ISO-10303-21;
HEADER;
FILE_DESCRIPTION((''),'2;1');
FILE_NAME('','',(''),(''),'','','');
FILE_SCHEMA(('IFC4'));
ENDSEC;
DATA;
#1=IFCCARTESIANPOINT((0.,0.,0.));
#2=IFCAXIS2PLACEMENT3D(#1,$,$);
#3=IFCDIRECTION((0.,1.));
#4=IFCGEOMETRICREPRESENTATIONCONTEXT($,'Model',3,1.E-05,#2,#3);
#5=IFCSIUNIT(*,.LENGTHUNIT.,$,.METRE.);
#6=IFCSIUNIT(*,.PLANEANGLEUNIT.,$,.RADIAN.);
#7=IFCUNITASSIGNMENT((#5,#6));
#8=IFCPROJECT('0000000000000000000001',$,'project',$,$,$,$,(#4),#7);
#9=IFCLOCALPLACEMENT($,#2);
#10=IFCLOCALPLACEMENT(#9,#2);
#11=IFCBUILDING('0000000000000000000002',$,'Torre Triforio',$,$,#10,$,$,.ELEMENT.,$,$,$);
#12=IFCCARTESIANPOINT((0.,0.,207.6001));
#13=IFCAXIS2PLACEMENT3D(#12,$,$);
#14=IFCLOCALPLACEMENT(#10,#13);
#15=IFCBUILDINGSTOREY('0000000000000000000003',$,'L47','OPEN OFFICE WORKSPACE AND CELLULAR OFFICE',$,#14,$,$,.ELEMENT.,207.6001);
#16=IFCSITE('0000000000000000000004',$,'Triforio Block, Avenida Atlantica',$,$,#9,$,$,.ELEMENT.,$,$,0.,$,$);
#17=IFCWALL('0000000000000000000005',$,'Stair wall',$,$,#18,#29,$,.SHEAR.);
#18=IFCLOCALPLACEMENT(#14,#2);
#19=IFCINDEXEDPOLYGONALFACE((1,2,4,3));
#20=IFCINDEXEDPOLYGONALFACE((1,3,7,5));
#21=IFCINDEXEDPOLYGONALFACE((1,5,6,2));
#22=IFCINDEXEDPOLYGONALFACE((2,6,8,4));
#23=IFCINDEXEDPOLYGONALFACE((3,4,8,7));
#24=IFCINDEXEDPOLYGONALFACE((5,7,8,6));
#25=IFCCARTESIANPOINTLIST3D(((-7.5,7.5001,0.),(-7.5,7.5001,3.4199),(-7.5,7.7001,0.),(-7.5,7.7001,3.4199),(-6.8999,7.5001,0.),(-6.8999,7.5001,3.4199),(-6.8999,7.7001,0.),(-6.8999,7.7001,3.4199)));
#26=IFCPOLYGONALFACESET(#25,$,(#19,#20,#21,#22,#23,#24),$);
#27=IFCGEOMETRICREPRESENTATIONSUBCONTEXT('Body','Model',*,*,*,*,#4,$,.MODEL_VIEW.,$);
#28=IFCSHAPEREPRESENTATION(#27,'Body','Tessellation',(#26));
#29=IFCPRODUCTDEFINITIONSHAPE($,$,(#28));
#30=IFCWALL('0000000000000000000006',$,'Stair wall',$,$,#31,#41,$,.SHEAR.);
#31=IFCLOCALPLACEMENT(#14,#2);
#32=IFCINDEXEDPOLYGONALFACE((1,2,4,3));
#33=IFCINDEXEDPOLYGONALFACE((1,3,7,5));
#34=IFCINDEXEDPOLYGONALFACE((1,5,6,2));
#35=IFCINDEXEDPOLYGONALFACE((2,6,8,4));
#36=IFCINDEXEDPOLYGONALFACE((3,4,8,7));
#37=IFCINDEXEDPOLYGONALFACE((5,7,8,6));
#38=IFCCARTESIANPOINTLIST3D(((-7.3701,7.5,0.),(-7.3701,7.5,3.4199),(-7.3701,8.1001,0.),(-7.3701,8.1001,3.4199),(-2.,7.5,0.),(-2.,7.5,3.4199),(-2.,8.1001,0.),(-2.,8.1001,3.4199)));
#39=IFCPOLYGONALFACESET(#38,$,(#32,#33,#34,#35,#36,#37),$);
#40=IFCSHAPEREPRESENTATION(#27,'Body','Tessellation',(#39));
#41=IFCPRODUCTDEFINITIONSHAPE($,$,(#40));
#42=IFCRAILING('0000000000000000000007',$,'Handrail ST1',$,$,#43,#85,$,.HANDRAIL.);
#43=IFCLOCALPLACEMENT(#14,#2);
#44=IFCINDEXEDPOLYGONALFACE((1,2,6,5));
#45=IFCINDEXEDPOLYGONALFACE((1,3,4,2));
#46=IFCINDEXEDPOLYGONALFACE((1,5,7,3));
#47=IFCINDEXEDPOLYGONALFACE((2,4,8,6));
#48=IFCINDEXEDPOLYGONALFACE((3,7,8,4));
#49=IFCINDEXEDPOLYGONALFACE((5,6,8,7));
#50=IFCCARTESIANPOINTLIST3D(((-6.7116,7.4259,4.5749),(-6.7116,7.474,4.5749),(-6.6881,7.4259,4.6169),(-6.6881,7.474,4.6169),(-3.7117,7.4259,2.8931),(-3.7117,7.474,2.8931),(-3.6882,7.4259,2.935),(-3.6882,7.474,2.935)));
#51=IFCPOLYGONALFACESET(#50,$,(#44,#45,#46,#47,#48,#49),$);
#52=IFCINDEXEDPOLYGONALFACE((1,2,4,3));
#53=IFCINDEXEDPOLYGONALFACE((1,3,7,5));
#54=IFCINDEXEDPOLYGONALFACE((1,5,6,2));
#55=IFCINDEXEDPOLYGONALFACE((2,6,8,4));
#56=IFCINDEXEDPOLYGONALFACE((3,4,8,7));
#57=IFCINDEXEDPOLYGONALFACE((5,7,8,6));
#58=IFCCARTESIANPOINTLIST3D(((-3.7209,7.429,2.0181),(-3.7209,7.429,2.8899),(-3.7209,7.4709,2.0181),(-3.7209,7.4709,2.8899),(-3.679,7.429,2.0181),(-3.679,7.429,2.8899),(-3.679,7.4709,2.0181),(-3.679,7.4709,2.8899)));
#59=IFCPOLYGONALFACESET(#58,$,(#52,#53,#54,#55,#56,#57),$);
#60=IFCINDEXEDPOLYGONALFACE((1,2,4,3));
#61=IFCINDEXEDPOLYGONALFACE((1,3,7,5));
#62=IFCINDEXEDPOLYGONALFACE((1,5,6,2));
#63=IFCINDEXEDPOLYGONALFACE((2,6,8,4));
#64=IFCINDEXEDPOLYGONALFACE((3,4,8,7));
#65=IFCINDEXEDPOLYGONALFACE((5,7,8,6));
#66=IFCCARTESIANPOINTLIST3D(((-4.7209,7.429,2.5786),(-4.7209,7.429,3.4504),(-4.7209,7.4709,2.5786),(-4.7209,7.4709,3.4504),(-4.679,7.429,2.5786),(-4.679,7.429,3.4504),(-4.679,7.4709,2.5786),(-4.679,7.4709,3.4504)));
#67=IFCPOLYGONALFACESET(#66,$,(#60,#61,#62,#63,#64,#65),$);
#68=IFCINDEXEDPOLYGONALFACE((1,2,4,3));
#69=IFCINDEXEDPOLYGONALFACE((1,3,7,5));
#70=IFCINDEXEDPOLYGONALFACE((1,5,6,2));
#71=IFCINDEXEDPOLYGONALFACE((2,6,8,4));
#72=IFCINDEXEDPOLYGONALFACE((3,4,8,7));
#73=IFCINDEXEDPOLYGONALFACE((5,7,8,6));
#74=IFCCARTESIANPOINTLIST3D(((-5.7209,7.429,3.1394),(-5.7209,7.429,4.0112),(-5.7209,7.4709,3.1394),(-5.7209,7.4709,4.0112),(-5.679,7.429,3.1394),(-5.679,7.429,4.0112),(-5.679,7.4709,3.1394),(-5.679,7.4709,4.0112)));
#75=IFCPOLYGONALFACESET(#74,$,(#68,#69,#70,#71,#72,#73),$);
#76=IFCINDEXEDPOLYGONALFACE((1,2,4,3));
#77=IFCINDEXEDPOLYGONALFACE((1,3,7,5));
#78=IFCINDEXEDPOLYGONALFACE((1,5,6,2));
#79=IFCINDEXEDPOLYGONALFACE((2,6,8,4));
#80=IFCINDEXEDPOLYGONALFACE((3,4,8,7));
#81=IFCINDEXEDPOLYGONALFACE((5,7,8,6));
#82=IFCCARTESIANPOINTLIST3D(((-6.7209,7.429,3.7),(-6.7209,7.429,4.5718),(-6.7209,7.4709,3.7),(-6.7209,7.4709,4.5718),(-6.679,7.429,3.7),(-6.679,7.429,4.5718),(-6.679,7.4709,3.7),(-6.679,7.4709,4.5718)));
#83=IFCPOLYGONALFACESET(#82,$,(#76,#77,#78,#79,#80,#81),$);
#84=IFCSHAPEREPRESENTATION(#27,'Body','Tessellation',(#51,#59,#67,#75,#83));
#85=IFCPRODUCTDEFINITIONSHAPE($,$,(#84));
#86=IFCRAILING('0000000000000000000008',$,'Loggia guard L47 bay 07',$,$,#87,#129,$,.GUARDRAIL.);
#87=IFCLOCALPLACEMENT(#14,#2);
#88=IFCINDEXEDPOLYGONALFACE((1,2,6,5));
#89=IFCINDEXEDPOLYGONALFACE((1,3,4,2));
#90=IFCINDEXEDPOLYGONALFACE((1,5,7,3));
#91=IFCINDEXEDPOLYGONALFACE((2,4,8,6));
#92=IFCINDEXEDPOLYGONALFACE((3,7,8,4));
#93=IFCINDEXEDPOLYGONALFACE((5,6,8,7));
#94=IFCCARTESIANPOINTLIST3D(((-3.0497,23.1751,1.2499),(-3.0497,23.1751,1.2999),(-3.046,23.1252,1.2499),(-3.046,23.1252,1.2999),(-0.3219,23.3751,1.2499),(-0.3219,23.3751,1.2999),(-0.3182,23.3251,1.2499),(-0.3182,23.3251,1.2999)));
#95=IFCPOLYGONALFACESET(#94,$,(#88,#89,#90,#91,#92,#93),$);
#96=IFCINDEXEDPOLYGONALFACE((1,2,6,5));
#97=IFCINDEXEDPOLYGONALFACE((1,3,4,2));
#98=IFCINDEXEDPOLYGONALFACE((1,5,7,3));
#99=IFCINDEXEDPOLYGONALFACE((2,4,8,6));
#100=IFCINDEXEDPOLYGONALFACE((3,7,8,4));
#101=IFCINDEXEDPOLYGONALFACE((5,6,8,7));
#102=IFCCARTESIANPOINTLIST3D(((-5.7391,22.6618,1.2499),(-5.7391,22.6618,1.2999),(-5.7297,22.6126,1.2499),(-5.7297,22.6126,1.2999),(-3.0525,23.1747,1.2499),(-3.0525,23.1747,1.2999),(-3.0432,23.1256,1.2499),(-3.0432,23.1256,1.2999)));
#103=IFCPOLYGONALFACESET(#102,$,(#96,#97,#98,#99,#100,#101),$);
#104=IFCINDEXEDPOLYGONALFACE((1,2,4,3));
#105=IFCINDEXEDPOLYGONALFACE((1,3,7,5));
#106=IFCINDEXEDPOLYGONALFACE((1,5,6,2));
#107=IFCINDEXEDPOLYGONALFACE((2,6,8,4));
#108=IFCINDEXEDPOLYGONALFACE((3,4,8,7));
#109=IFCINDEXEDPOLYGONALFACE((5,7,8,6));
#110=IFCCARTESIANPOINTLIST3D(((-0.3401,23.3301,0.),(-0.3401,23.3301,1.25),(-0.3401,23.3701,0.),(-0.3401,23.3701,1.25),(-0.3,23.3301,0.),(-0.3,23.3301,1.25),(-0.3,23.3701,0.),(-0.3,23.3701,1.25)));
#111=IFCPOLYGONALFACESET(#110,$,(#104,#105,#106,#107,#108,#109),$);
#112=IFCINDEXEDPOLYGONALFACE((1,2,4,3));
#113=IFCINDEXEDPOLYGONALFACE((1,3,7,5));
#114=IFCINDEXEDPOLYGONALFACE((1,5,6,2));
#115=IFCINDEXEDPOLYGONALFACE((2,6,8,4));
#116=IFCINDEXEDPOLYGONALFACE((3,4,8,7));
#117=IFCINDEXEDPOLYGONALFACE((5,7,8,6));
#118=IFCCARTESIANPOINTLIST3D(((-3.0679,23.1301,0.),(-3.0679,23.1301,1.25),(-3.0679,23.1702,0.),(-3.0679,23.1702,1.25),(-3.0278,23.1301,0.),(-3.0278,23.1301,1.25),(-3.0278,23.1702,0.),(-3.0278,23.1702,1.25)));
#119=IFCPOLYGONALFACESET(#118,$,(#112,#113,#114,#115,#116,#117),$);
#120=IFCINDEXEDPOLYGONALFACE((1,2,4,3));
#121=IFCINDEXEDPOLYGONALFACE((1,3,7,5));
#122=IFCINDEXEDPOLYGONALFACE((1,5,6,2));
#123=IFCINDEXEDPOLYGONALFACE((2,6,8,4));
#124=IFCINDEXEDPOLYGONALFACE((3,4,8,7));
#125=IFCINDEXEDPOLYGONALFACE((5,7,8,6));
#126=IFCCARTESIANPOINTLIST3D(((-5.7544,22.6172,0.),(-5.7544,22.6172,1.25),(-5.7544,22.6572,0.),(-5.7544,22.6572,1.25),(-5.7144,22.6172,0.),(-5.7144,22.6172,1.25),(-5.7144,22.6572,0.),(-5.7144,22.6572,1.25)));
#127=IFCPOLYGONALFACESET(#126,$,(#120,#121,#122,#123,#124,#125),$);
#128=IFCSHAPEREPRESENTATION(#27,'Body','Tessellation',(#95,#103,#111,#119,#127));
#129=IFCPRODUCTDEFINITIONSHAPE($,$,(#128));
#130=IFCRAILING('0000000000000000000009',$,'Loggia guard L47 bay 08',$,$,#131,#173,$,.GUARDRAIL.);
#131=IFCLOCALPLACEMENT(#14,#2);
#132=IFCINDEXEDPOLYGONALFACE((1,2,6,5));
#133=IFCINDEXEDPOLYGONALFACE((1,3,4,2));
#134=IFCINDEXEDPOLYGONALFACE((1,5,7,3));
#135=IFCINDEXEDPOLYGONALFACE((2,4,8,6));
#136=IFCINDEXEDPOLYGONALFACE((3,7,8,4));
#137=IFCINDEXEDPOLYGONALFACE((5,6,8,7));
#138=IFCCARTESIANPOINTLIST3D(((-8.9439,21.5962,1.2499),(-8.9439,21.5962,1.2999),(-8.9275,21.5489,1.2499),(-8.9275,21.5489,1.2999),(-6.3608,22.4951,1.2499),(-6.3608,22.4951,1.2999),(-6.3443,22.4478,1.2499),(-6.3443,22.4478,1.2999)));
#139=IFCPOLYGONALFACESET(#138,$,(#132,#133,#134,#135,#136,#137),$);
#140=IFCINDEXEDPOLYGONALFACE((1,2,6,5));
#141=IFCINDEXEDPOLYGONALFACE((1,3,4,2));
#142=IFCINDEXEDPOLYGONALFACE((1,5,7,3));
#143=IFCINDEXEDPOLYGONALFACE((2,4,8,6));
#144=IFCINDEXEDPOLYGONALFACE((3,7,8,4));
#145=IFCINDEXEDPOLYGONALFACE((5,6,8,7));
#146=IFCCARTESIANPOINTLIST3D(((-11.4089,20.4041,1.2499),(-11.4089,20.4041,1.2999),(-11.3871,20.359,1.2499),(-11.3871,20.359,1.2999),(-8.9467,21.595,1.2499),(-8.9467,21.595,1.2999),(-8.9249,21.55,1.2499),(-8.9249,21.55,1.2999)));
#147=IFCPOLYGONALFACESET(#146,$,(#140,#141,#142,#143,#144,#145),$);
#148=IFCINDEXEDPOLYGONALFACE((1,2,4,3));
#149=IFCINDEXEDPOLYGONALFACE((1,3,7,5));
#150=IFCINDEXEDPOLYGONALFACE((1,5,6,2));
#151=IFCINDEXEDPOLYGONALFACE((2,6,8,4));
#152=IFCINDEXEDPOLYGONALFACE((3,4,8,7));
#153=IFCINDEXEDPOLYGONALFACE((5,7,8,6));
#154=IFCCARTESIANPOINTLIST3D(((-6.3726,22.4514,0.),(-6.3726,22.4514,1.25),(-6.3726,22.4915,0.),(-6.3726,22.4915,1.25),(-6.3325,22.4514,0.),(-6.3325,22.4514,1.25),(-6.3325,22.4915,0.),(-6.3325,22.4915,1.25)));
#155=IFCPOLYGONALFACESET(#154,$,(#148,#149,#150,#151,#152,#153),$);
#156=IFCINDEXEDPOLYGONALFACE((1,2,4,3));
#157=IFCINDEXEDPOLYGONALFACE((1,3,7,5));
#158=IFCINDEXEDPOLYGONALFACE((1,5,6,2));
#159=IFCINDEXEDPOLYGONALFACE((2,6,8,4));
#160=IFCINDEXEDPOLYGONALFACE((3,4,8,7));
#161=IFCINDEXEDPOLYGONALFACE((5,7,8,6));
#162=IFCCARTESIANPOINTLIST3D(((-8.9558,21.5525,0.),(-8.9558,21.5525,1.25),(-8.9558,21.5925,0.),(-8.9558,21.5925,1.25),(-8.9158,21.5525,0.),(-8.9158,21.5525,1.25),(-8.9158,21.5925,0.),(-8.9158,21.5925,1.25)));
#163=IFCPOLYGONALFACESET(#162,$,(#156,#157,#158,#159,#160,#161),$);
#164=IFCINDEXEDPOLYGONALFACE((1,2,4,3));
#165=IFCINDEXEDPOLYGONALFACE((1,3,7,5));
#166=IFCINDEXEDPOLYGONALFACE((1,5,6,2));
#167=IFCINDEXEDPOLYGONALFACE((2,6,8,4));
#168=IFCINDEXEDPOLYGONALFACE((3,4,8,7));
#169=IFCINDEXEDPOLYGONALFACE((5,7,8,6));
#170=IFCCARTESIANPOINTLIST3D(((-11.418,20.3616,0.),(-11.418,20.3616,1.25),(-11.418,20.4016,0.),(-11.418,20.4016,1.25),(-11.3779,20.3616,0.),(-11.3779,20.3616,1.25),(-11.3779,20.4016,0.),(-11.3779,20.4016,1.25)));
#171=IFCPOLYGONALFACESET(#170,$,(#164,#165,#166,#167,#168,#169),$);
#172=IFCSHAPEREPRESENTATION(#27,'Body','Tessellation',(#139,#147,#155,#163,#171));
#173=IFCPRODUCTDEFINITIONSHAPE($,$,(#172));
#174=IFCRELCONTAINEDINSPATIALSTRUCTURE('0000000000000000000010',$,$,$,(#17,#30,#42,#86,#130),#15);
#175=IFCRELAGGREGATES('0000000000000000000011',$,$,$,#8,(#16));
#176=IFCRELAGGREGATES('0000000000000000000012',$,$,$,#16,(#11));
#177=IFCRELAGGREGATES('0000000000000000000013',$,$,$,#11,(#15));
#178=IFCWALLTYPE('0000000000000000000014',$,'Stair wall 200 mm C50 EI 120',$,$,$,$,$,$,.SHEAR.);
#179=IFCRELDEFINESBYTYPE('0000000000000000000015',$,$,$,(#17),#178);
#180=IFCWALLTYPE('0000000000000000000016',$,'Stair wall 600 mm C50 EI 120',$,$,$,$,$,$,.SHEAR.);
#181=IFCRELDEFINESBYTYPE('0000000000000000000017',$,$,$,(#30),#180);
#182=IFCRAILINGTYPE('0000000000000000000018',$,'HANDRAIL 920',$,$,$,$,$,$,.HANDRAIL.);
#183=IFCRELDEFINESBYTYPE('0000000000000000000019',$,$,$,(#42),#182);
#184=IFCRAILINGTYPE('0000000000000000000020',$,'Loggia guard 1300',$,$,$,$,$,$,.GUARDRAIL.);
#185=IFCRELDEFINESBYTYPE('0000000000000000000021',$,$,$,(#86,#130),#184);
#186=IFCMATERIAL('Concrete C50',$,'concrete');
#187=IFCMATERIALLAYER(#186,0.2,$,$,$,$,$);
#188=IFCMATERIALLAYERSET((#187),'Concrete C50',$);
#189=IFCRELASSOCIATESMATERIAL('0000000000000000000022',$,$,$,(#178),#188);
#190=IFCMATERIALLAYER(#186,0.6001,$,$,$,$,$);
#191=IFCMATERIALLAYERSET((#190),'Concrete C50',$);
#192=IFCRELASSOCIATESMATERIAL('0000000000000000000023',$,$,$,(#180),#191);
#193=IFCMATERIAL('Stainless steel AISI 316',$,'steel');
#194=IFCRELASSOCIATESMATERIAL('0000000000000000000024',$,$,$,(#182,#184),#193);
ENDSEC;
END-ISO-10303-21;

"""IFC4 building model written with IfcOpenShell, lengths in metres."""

from ifc_helpers import new_model, si_unit, direction, frame, frame_2d, origin, origin_2d, place, context, subcontext, project, spatial, rectangle, extrude, material, layer, layer_set, type_object, element, save


model = new_model("IFC4")

# Units and contexts
model_context = context("Model", 3, precision=1e-05, world=origin(), true_north=direction((0.0, 1.0)))
body_context = subcontext(model_context, "Body", "Model", "MODEL_VIEW")
ifc_project = project(units=[si_unit("LENGTHUNIT", "METRE"), si_unit("PLANEANGLEUNIT", "RADIAN")], contexts=[model_context])

# Site, building, storey
site_placement = place(None, origin())
site = spatial("IfcSite", under=ifc_project, at=site_placement, Name="Triforio Block, Avenida Atlantica", CompositionType="ELEMENT", RefElevation=0.0)
building_placement = place(site_placement, origin())
building = spatial("IfcBuilding", under=site, at=building_placement, Name="Torre Triforio", CompositionType="ELEMENT")
storey_placement = place(building_placement, frame((0.0, 0.0, 207.6001)))
storey = spatial("IfcBuildingStorey", under=building, at=storey_placement, Name="L47", Description="OPEN OFFICE WORKSPACE AND CELLULAR OFFICE", CompositionType="ELEMENT", Elevation=207.6001)

# Shared definitions
ifc_material_1 = material(Name="Concrete C50", Category="concrete")

# Walls
ifc_layer_1 = layer(ifc_material_1, 0.2)
ifc_layer_set_1 = layer_set([ifc_layer_1], Name="Concrete C50")
wall_type_1 = type_object("IfcWallType", Name="Stair wall 200 mm C50 EI 120", PredefinedType="SHEAR", material=ifc_layer_set_1)
wall_1_placement = place(storey_placement, frame((-7.5, 7.6001, 0.0), z_axis=(0.0, 0.0, 1.0), x_axis=(1.0, 0.0, 0.0)))
element("IfcWall", 1, at=wall_1_placement, inside=storey, type_object=wall_type_1, Name="Stair wall", PredefinedType="SHEAR", context=body_context, shape_type="SweptSolid", body=[
    extrude(rectangle(XDim=0.6001, YDim=0.2, at=frame_2d((0.3, 0.0))), origin(), (0.0, 0.0, 1.0), 3.4199),
])
ifc_layer_2 = layer(ifc_material_1, 0.6001)
ifc_layer_set_2 = layer_set([ifc_layer_2], Name="Concrete C50")
wall_type_2 = type_object("IfcWallType", Name="Stair wall 600 mm C50 EI 120", PredefinedType="SHEAR", material=ifc_layer_set_2)
wall_2_placement = place(storey_placement, frame((-7.3701, 7.8, 0.0), z_axis=(0.0, 0.0, 1.0), x_axis=(1.0, 0.0, 0.0)))
element("IfcWall", 2, at=wall_2_placement, inside=storey, type_object=wall_type_2, Name="Stair wall", PredefinedType="SHEAR", context=body_context, shape_type="SweptSolid", body=[
    extrude(rectangle(XDim=5.3701, YDim=0.6001, at=frame_2d((2.6851, 0.0))), origin(), (0.0, 0.0, 1.0), 3.4199),
])

# Railings
ifc_material_2 = material(Name="Stainless steel AISI 316", Category="steel")
railing_type_1 = type_object("IfcRailingType", Name="HANDRAIL 920", PredefinedType="HANDRAIL", material=ifc_material_2)
railing_1_placement = place(storey_placement, frame((-3.7, 7.45, 2.0181)))
element("IfcRailing", 3, at=railing_1_placement, inside=storey, type_object=railing_type_1, Name="Handrail ST1", PredefinedType="HANDRAIL", context=body_context, shape_type="SweptSolid", body=[
    extrude(rectangle(XDim=0.0481, YDim=0.0481, at=origin_2d()), frame((0.0, 0.0, 0.896), z_axis=(-0.872272, 0.0, 0.48902), x_axis=(0.0, -1.0, 0.0)), (0.0, 0.0, 1.0), 3.4392),
    extrude(rectangle(XDim=0.042, YDim=0.042, at=origin_2d()), origin(), (0.0, 0.0, 1.0), 0.8718),
    extrude(rectangle(XDim=0.042, YDim=0.042, at=origin_2d()), frame((-1.0, 0.0, 0.5605)), (0.0, 0.0, 1.0), 0.8718),
    extrude(rectangle(XDim=0.042, YDim=0.042, at=origin_2d()), frame((-2.0, 0.0, 1.1213)), (0.0, 0.0, 1.0), 0.8718),
    extrude(rectangle(XDim=0.042, YDim=0.042, at=origin_2d()), frame((-3.0, 0.0, 1.6819)), (0.0, 0.0, 1.0), 0.8718),
])
railing_type_2 = type_object("IfcRailingType", Name="Loggia guard 1300", PredefinedType="GUARDRAIL", material=ifc_material_2)
railing_2_placement = place(storey_placement, frame((-0.3201, 23.3501, 0.0)))
element("IfcRailing", 4, at=railing_2_placement, inside=storey, type_object=railing_type_2, Name="Loggia guard L47 bay 07", PredefinedType="GUARDRAIL", context=body_context, shape_type="SweptSolid", body=[
    extrude(rectangle(XDim=0.05, YDim=0.05, at=origin_2d()), frame((0.0, 0.0, 1.2749), z_axis=(-0.997324, -0.073106, 0.0), x_axis=(0.073106, -0.997324, 0.0)), (0.0, 0.0, 1.0), 2.7351),
    extrude(rectangle(XDim=0.05, YDim=0.05, at=origin_2d()), frame((-2.7278, -0.2, 1.2749), z_axis=(-0.982256, -0.187543, 0.0), x_axis=(0.187543, -0.982256, 0.0)), (0.0, 0.0, 1.0), 2.7351),
    extrude(rectangle(XDim=0.04, YDim=0.04, at=origin_2d()), origin(), (0.0, 0.0, 1.0), 1.25),
    extrude(rectangle(XDim=0.04, YDim=0.04, at=origin_2d()), frame((-2.7278, -0.2, 0.0)), (0.0, 0.0, 1.0), 1.25),
    extrude(rectangle(XDim=0.04, YDim=0.04, at=origin_2d()), frame((-5.4143, -0.7129, 0.0)), (0.0, 0.0, 1.0), 1.25),
])
railing_3_placement = place(storey_placement, frame((-6.3525, 22.4714, 0.0)))
element("IfcRailing", 5, at=railing_3_placement, inside=storey, type_object=railing_type_2, Name="Loggia guard L47 bay 08", PredefinedType="GUARDRAIL", context=body_context, shape_type="SweptSolid", body=[
    extrude(rectangle(XDim=0.05, YDim=0.05, at=origin_2d()), frame((0.0, 0.0, 1.2749), z_axis=(-0.944451, -0.328652, 0.0), x_axis=(0.328652, -0.944451, 0.0)), (0.0, 0.0, 1.0), 2.7351),
    extrude(rectangle(XDim=0.05, YDim=0.05, at=origin_2d()), frame((-2.5833, -0.8989, 1.2749), z_axis=(-0.900224, -0.435428, 0.0), x_axis=(0.435428, -0.900224, 0.0)), (0.0, 0.0, 1.0), 2.7351),
    extrude(rectangle(XDim=0.04, YDim=0.04, at=origin_2d()), origin(), (0.0, 0.0, 1.0), 1.25),
    extrude(rectangle(XDim=0.04, YDim=0.04, at=origin_2d()), frame((-2.5833, -0.8989, 0.0)), (0.0, 0.0, 1.0), 1.25),
    extrude(rectangle(XDim=0.04, YDim=0.04, at=origin_2d()), frame((-5.0454, -2.0898, 0.0)), (0.0, 0.0, 1.0), 1.25),
])

save(model, "model.ifc")
